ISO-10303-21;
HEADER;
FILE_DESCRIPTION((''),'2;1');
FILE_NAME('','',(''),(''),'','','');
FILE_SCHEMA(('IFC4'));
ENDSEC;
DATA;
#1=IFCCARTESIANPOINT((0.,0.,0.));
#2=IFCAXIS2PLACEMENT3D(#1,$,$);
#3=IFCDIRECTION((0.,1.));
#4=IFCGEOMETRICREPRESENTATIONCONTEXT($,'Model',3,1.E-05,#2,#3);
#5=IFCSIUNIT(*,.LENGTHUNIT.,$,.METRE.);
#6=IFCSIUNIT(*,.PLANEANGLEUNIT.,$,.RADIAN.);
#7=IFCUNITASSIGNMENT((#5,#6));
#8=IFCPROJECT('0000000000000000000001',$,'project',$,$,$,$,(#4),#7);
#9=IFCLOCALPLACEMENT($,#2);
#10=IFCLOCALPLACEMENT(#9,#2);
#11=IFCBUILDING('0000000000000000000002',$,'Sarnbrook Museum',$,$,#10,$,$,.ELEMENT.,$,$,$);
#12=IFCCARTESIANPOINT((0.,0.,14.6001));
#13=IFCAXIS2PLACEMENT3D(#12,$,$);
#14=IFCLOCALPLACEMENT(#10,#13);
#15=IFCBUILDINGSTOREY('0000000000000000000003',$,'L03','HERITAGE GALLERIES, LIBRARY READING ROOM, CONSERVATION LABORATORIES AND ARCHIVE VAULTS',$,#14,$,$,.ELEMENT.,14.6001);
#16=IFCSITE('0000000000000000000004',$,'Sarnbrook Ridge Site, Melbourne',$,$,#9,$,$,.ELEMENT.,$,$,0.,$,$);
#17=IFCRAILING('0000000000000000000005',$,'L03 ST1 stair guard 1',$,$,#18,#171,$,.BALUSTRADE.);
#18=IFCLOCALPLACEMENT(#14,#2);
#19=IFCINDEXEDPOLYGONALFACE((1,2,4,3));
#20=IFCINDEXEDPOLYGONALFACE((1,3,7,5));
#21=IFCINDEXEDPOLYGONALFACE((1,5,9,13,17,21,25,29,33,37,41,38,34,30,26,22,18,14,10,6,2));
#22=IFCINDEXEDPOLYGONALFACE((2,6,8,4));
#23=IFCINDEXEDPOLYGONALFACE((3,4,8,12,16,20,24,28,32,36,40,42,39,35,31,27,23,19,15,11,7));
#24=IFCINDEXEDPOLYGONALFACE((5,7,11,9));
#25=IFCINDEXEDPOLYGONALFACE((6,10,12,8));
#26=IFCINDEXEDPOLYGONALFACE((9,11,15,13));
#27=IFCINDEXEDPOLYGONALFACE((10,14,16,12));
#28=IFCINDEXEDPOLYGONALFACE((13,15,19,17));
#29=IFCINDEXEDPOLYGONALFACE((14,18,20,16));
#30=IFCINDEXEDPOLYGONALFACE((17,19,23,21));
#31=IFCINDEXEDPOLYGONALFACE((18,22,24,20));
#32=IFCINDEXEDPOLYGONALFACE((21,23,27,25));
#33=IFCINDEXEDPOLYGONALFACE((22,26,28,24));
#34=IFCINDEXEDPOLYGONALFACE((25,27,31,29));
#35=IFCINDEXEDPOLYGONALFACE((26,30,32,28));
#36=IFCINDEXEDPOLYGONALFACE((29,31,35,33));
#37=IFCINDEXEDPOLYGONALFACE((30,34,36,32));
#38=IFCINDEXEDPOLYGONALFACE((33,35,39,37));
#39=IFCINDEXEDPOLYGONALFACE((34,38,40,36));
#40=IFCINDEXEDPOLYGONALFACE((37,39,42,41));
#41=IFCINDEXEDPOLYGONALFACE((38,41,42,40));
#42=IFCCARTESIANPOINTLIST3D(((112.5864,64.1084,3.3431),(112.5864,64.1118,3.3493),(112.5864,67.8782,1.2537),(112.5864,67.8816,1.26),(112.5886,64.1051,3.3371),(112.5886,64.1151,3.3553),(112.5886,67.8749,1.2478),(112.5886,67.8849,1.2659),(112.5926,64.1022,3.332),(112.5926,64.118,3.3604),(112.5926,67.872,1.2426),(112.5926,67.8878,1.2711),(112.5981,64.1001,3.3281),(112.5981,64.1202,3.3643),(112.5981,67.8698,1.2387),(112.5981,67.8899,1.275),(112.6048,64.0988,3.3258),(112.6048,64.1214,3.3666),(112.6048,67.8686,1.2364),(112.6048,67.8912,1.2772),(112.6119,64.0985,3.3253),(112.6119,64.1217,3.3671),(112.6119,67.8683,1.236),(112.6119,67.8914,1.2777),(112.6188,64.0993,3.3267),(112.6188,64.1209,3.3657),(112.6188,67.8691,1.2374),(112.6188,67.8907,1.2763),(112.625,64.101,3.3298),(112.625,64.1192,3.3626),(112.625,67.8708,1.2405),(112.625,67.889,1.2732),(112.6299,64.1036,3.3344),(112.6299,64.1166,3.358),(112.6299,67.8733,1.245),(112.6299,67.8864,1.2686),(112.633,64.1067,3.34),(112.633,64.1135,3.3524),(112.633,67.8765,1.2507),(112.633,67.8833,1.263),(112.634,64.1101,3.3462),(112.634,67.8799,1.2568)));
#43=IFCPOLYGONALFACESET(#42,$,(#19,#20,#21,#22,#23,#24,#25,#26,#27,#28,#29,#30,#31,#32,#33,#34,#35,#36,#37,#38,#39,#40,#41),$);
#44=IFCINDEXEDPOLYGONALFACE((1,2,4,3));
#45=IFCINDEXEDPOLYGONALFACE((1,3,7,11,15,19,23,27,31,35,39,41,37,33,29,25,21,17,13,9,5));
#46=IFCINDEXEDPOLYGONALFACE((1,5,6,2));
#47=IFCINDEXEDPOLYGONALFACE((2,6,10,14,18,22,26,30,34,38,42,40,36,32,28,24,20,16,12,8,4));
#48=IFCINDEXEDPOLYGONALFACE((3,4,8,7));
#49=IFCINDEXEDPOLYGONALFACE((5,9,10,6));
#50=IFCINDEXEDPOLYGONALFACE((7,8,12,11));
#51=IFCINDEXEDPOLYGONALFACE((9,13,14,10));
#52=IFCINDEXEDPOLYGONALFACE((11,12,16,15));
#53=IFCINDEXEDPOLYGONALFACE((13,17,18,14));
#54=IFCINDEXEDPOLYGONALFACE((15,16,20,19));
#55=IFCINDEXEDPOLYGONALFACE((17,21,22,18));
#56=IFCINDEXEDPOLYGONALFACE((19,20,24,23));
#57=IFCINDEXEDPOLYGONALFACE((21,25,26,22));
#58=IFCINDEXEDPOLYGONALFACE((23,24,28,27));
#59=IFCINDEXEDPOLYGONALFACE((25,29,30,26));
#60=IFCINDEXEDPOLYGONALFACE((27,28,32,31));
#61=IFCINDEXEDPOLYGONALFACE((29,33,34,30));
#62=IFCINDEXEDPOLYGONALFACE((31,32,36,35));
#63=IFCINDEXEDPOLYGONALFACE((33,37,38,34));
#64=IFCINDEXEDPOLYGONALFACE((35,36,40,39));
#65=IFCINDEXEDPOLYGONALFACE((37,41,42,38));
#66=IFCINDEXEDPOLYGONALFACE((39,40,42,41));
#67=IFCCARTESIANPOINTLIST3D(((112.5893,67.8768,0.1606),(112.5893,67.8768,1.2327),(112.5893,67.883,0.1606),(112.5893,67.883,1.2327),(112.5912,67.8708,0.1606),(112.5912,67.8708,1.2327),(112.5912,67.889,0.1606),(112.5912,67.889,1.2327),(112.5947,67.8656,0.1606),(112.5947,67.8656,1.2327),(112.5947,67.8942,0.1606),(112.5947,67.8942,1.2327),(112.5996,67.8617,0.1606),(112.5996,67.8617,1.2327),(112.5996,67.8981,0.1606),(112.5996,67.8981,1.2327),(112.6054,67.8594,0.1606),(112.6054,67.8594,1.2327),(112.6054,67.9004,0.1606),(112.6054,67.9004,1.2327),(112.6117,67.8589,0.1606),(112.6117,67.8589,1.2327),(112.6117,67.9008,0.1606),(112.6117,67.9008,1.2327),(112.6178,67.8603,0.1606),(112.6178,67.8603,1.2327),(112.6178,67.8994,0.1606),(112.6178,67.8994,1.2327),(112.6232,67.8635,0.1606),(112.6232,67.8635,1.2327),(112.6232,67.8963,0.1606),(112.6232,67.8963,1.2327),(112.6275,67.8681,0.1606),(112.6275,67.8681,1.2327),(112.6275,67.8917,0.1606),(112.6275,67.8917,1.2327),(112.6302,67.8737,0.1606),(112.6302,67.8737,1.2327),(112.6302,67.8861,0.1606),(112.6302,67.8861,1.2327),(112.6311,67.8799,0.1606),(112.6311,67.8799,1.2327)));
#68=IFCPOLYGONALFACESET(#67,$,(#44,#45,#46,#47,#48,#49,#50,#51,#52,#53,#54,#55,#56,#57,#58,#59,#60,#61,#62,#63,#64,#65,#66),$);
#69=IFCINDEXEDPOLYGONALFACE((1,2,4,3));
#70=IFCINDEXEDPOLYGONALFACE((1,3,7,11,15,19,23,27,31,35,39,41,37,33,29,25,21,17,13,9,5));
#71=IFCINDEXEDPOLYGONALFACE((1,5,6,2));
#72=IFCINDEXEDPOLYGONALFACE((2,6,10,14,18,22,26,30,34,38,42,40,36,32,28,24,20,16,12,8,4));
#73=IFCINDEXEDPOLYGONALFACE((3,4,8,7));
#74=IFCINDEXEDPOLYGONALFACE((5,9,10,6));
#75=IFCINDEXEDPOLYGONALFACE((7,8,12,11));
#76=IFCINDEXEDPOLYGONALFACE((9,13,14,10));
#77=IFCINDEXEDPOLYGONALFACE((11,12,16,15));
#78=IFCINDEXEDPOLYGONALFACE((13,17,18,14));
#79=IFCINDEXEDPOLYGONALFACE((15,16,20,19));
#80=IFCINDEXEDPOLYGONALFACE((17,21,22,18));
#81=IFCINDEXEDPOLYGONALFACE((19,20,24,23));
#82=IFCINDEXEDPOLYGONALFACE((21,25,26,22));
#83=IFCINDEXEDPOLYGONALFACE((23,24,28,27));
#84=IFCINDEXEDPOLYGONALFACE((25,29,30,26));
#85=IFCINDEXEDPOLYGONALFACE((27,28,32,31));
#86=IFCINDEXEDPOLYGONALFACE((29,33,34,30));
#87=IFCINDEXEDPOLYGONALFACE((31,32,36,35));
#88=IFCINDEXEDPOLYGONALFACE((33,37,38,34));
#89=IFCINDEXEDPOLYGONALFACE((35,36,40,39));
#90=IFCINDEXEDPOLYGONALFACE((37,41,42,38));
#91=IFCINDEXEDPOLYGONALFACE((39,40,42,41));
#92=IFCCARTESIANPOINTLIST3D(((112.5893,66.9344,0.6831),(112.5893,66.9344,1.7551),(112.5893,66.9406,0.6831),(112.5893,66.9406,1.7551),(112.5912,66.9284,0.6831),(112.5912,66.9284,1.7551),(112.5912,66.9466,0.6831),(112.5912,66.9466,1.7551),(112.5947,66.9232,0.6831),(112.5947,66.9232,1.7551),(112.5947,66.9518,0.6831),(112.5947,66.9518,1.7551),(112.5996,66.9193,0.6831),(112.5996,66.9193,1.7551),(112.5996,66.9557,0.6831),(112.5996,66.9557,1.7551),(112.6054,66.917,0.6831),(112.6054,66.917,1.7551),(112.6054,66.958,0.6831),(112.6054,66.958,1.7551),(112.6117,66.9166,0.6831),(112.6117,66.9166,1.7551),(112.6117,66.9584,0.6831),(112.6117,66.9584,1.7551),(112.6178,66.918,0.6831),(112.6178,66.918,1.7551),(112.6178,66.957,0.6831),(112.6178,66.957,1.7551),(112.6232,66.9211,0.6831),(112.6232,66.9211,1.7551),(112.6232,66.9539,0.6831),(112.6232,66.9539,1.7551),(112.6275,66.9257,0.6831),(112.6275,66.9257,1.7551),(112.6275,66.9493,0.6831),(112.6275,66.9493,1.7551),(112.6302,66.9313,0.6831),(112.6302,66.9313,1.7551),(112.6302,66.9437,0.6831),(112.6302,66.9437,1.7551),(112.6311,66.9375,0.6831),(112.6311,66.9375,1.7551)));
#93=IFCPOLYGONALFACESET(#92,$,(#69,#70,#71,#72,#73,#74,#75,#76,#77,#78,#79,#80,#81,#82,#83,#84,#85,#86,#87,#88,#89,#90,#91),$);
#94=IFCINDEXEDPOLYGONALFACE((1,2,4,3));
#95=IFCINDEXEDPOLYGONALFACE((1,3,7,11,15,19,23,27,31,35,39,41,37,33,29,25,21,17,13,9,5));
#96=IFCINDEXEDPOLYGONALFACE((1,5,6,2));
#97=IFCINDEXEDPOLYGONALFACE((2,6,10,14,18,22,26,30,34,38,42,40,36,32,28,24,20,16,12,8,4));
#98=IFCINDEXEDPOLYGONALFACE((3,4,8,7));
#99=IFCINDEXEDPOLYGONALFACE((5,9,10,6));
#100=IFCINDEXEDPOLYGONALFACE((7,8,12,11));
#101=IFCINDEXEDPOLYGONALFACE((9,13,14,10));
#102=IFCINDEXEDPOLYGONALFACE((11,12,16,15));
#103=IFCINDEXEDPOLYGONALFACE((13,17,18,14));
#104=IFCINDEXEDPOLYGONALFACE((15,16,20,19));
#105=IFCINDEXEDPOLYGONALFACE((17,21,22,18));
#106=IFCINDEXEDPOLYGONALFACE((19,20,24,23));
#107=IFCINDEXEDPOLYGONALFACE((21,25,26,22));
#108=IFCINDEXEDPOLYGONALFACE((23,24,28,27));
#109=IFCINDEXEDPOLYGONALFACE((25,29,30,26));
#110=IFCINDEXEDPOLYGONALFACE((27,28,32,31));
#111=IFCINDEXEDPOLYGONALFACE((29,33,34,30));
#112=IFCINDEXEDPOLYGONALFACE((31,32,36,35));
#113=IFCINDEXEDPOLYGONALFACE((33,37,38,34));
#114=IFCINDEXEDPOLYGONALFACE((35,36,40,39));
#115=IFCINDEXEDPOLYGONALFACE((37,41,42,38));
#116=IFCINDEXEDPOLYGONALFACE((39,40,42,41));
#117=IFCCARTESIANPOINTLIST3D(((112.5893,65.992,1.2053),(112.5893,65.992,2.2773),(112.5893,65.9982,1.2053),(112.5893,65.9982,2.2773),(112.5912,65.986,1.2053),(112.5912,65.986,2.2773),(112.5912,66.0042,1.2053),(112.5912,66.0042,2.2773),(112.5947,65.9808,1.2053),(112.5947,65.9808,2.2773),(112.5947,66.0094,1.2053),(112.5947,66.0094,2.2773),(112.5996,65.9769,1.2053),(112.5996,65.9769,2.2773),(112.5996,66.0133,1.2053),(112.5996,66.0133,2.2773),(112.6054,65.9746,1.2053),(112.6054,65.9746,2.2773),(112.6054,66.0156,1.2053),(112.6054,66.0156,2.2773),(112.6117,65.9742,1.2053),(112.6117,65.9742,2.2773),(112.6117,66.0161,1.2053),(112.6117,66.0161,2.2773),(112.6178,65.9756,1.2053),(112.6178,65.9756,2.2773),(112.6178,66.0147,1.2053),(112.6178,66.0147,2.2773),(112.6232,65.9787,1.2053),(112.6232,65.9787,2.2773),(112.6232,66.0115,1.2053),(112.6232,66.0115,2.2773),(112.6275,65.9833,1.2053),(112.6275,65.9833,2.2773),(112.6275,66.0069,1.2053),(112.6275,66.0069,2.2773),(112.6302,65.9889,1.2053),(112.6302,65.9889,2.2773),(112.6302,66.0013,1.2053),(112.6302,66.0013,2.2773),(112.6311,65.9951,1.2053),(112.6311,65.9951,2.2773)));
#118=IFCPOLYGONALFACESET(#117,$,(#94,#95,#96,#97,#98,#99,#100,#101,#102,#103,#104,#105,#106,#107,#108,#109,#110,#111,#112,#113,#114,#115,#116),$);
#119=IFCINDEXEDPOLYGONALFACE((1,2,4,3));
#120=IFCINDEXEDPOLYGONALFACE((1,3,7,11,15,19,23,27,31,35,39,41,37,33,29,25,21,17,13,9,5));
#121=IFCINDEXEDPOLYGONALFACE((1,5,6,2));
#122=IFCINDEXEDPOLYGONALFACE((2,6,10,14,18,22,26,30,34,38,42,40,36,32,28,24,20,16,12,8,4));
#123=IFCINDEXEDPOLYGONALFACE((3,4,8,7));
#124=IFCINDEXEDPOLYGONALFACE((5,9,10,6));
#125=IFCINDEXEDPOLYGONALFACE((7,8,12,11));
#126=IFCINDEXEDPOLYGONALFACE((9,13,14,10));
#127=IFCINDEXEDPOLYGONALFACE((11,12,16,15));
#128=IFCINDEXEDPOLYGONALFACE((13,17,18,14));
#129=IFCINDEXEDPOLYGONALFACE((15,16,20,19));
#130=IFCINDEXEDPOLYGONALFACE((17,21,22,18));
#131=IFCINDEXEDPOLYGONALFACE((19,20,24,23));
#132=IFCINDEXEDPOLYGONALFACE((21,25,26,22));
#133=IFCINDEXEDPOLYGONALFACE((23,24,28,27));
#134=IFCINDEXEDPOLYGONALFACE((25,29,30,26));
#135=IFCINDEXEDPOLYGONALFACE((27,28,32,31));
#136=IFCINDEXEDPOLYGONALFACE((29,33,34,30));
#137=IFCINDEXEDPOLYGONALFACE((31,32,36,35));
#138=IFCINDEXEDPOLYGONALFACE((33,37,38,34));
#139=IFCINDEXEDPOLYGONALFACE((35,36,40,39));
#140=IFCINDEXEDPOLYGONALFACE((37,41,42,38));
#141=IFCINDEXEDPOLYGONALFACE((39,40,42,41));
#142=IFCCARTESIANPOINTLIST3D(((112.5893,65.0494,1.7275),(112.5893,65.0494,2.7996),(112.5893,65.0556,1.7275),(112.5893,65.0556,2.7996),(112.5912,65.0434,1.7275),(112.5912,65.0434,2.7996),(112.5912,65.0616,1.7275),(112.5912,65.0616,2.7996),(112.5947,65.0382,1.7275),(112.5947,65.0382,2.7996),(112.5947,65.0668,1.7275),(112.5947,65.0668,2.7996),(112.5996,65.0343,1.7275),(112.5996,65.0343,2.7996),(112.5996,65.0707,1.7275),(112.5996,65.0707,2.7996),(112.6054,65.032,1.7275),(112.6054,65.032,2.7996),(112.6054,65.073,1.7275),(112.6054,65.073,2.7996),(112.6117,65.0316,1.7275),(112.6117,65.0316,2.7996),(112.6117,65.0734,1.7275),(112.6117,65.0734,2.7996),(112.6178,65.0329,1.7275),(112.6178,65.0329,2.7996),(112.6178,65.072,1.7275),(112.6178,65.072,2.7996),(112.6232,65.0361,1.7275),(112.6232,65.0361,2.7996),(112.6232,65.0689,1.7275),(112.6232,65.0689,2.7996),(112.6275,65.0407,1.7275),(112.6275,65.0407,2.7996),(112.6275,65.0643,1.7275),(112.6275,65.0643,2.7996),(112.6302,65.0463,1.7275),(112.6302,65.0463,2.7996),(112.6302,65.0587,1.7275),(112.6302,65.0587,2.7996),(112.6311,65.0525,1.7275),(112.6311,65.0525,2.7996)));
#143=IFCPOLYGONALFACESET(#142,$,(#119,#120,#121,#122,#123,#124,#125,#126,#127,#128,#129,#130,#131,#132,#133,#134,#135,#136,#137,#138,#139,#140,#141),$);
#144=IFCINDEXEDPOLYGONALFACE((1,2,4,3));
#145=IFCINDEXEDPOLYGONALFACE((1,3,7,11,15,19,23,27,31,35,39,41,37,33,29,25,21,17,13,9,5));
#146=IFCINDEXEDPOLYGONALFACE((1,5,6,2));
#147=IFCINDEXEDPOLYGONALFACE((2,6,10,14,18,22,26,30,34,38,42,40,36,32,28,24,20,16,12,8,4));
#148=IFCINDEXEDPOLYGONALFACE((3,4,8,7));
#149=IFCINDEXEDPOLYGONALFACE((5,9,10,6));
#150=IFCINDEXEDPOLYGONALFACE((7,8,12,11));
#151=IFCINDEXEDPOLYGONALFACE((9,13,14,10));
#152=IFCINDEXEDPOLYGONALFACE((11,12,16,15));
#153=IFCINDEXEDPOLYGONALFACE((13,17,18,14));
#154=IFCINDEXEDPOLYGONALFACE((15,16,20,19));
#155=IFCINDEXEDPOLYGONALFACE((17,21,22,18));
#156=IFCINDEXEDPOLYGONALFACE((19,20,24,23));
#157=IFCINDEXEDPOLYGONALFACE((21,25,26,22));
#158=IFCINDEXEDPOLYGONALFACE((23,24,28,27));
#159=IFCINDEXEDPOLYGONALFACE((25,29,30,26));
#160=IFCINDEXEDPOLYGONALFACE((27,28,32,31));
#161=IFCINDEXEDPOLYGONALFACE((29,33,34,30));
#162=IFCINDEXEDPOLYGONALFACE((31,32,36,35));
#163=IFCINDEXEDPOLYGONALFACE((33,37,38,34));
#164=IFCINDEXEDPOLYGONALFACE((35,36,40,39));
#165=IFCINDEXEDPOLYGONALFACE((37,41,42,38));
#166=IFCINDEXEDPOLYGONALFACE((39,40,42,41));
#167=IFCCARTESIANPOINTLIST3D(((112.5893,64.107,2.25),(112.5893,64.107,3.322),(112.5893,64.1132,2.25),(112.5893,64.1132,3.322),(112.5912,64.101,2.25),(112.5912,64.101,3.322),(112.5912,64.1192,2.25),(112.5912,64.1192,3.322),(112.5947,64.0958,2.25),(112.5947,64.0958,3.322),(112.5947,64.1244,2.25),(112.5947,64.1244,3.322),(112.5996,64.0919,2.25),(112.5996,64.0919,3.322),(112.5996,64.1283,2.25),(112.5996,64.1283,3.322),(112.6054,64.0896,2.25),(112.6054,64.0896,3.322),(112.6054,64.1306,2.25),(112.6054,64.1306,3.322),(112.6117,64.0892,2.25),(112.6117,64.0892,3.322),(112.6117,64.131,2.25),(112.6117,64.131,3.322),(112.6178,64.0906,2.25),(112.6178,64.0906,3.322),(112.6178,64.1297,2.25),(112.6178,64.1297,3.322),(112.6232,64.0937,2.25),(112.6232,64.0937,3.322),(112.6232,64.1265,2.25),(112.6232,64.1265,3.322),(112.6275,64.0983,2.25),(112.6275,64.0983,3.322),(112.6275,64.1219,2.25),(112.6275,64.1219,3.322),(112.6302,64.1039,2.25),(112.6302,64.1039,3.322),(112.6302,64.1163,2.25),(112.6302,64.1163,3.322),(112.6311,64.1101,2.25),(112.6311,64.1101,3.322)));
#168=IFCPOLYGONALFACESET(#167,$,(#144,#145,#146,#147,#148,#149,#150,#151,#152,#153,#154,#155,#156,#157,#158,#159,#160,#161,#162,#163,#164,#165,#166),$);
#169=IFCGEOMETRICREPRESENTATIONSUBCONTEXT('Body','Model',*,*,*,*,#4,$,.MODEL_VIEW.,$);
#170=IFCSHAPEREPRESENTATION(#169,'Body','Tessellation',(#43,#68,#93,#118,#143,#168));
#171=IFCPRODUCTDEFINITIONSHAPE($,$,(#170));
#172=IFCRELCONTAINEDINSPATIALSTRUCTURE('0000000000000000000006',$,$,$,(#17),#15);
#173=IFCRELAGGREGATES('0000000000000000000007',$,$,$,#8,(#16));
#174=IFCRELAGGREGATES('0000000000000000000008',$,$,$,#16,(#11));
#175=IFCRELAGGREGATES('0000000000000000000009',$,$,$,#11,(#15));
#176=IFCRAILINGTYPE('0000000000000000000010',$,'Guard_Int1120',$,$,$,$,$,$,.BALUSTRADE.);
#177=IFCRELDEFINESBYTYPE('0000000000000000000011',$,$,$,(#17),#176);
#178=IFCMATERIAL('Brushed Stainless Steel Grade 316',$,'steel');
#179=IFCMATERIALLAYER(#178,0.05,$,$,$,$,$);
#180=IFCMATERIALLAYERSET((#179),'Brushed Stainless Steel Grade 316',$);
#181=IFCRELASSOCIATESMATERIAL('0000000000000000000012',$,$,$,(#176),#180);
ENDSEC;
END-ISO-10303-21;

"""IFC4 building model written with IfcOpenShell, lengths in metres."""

from ifc_helpers import new_model, si_unit, direction, frame, origin, origin_2d, place, context, subcontext, project, spatial, circle, extrude, material, layer, layer_set, type_object, element, save


model = new_model("IFC4")

# Units and contexts
model_context = context("Model", 3, precision=1e-05, world=origin(), true_north=direction((0.0, 1.0)))
body_context = subcontext(model_context, "Body", "Model", "MODEL_VIEW")
ifc_project = project(units=[si_unit("LENGTHUNIT", "METRE"), si_unit("PLANEANGLEUNIT", "RADIAN")], contexts=[model_context])

# Site, building, storey
site_placement = place(None, origin())
site = spatial("IfcSite", under=ifc_project, at=site_placement, Name="Sarnbrook Ridge Site, Melbourne", CompositionType="ELEMENT", RefElevation=0.0)
building_placement = place(site_placement, origin())
building = spatial("IfcBuilding", under=site, at=building_placement, Name="Sarnbrook Museum", CompositionType="ELEMENT")
storey_placement = place(building_placement, frame((0.0, 0.0, 14.6001)))
storey = spatial("IfcBuildingStorey", under=building, at=storey_placement, Name="L03", Description="HERITAGE GALLERIES, LIBRARY READING ROOM, CONSERVATION LABORATORIES AND ARCHIVE VAULTS", CompositionType="ELEMENT", Elevation=14.6001)

# Railing
ifc_material_1 = material(Name="Brushed Stainless Steel Grade 316", Category="steel")
ifc_layer_1 = layer(ifc_material_1, 0.05)
ifc_layer_set_1 = layer_set([ifc_layer_1], Name="Brushed Stainless Steel Grade 316")
railing_type_1 = type_object("IfcRailingType", Name="Guard_Int1120", PredefinedType="BALUSTRADE", material=ifc_layer_set_1)
railing_1_placement = place(storey_placement, frame((112.6101, 67.8799, 0.1606)))
element("IfcRailing", 1, at=railing_1_placement, inside=storey, type_object=railing_type_1, Name="L03 ST1 stair guard 1", PredefinedType="BALUSTRADE", context=body_context, shape_type="SweptSolid", body=[
    extrude(circle(Radius=0.0239, at=origin_2d()), frame((0.0, 0.0, 1.0962), z_axis=(0.0, -0.874646, 0.484763), x_axis=(1.0, 0.0, 0.0)), (0.0, 0.0, 1.0), 4.3101),
    extrude(circle(Radius=0.021, at=origin_2d()), origin(), (0.0, 0.0, 1.0), 1.072),
    extrude(circle(Radius=0.021, at=origin_2d()), frame((0.0, -0.9424, 0.5225)), (0.0, 0.0, 1.0), 1.072),
    extrude(circle(Radius=0.021, at=origin_2d()), frame((0.0, -1.8848, 1.0447)), (0.0, 0.0, 1.0), 1.072),
    extrude(circle(Radius=0.021, at=origin_2d()), frame((0.0, -2.8274, 1.5669)), (0.0, 0.0, 1.0), 1.072),
    extrude(circle(Radius=0.021, at=origin_2d()), frame((0.0, -3.7698, 2.0894)), (0.0, 0.0, 1.0), 1.072),
])

save(model, "model.ifc")
